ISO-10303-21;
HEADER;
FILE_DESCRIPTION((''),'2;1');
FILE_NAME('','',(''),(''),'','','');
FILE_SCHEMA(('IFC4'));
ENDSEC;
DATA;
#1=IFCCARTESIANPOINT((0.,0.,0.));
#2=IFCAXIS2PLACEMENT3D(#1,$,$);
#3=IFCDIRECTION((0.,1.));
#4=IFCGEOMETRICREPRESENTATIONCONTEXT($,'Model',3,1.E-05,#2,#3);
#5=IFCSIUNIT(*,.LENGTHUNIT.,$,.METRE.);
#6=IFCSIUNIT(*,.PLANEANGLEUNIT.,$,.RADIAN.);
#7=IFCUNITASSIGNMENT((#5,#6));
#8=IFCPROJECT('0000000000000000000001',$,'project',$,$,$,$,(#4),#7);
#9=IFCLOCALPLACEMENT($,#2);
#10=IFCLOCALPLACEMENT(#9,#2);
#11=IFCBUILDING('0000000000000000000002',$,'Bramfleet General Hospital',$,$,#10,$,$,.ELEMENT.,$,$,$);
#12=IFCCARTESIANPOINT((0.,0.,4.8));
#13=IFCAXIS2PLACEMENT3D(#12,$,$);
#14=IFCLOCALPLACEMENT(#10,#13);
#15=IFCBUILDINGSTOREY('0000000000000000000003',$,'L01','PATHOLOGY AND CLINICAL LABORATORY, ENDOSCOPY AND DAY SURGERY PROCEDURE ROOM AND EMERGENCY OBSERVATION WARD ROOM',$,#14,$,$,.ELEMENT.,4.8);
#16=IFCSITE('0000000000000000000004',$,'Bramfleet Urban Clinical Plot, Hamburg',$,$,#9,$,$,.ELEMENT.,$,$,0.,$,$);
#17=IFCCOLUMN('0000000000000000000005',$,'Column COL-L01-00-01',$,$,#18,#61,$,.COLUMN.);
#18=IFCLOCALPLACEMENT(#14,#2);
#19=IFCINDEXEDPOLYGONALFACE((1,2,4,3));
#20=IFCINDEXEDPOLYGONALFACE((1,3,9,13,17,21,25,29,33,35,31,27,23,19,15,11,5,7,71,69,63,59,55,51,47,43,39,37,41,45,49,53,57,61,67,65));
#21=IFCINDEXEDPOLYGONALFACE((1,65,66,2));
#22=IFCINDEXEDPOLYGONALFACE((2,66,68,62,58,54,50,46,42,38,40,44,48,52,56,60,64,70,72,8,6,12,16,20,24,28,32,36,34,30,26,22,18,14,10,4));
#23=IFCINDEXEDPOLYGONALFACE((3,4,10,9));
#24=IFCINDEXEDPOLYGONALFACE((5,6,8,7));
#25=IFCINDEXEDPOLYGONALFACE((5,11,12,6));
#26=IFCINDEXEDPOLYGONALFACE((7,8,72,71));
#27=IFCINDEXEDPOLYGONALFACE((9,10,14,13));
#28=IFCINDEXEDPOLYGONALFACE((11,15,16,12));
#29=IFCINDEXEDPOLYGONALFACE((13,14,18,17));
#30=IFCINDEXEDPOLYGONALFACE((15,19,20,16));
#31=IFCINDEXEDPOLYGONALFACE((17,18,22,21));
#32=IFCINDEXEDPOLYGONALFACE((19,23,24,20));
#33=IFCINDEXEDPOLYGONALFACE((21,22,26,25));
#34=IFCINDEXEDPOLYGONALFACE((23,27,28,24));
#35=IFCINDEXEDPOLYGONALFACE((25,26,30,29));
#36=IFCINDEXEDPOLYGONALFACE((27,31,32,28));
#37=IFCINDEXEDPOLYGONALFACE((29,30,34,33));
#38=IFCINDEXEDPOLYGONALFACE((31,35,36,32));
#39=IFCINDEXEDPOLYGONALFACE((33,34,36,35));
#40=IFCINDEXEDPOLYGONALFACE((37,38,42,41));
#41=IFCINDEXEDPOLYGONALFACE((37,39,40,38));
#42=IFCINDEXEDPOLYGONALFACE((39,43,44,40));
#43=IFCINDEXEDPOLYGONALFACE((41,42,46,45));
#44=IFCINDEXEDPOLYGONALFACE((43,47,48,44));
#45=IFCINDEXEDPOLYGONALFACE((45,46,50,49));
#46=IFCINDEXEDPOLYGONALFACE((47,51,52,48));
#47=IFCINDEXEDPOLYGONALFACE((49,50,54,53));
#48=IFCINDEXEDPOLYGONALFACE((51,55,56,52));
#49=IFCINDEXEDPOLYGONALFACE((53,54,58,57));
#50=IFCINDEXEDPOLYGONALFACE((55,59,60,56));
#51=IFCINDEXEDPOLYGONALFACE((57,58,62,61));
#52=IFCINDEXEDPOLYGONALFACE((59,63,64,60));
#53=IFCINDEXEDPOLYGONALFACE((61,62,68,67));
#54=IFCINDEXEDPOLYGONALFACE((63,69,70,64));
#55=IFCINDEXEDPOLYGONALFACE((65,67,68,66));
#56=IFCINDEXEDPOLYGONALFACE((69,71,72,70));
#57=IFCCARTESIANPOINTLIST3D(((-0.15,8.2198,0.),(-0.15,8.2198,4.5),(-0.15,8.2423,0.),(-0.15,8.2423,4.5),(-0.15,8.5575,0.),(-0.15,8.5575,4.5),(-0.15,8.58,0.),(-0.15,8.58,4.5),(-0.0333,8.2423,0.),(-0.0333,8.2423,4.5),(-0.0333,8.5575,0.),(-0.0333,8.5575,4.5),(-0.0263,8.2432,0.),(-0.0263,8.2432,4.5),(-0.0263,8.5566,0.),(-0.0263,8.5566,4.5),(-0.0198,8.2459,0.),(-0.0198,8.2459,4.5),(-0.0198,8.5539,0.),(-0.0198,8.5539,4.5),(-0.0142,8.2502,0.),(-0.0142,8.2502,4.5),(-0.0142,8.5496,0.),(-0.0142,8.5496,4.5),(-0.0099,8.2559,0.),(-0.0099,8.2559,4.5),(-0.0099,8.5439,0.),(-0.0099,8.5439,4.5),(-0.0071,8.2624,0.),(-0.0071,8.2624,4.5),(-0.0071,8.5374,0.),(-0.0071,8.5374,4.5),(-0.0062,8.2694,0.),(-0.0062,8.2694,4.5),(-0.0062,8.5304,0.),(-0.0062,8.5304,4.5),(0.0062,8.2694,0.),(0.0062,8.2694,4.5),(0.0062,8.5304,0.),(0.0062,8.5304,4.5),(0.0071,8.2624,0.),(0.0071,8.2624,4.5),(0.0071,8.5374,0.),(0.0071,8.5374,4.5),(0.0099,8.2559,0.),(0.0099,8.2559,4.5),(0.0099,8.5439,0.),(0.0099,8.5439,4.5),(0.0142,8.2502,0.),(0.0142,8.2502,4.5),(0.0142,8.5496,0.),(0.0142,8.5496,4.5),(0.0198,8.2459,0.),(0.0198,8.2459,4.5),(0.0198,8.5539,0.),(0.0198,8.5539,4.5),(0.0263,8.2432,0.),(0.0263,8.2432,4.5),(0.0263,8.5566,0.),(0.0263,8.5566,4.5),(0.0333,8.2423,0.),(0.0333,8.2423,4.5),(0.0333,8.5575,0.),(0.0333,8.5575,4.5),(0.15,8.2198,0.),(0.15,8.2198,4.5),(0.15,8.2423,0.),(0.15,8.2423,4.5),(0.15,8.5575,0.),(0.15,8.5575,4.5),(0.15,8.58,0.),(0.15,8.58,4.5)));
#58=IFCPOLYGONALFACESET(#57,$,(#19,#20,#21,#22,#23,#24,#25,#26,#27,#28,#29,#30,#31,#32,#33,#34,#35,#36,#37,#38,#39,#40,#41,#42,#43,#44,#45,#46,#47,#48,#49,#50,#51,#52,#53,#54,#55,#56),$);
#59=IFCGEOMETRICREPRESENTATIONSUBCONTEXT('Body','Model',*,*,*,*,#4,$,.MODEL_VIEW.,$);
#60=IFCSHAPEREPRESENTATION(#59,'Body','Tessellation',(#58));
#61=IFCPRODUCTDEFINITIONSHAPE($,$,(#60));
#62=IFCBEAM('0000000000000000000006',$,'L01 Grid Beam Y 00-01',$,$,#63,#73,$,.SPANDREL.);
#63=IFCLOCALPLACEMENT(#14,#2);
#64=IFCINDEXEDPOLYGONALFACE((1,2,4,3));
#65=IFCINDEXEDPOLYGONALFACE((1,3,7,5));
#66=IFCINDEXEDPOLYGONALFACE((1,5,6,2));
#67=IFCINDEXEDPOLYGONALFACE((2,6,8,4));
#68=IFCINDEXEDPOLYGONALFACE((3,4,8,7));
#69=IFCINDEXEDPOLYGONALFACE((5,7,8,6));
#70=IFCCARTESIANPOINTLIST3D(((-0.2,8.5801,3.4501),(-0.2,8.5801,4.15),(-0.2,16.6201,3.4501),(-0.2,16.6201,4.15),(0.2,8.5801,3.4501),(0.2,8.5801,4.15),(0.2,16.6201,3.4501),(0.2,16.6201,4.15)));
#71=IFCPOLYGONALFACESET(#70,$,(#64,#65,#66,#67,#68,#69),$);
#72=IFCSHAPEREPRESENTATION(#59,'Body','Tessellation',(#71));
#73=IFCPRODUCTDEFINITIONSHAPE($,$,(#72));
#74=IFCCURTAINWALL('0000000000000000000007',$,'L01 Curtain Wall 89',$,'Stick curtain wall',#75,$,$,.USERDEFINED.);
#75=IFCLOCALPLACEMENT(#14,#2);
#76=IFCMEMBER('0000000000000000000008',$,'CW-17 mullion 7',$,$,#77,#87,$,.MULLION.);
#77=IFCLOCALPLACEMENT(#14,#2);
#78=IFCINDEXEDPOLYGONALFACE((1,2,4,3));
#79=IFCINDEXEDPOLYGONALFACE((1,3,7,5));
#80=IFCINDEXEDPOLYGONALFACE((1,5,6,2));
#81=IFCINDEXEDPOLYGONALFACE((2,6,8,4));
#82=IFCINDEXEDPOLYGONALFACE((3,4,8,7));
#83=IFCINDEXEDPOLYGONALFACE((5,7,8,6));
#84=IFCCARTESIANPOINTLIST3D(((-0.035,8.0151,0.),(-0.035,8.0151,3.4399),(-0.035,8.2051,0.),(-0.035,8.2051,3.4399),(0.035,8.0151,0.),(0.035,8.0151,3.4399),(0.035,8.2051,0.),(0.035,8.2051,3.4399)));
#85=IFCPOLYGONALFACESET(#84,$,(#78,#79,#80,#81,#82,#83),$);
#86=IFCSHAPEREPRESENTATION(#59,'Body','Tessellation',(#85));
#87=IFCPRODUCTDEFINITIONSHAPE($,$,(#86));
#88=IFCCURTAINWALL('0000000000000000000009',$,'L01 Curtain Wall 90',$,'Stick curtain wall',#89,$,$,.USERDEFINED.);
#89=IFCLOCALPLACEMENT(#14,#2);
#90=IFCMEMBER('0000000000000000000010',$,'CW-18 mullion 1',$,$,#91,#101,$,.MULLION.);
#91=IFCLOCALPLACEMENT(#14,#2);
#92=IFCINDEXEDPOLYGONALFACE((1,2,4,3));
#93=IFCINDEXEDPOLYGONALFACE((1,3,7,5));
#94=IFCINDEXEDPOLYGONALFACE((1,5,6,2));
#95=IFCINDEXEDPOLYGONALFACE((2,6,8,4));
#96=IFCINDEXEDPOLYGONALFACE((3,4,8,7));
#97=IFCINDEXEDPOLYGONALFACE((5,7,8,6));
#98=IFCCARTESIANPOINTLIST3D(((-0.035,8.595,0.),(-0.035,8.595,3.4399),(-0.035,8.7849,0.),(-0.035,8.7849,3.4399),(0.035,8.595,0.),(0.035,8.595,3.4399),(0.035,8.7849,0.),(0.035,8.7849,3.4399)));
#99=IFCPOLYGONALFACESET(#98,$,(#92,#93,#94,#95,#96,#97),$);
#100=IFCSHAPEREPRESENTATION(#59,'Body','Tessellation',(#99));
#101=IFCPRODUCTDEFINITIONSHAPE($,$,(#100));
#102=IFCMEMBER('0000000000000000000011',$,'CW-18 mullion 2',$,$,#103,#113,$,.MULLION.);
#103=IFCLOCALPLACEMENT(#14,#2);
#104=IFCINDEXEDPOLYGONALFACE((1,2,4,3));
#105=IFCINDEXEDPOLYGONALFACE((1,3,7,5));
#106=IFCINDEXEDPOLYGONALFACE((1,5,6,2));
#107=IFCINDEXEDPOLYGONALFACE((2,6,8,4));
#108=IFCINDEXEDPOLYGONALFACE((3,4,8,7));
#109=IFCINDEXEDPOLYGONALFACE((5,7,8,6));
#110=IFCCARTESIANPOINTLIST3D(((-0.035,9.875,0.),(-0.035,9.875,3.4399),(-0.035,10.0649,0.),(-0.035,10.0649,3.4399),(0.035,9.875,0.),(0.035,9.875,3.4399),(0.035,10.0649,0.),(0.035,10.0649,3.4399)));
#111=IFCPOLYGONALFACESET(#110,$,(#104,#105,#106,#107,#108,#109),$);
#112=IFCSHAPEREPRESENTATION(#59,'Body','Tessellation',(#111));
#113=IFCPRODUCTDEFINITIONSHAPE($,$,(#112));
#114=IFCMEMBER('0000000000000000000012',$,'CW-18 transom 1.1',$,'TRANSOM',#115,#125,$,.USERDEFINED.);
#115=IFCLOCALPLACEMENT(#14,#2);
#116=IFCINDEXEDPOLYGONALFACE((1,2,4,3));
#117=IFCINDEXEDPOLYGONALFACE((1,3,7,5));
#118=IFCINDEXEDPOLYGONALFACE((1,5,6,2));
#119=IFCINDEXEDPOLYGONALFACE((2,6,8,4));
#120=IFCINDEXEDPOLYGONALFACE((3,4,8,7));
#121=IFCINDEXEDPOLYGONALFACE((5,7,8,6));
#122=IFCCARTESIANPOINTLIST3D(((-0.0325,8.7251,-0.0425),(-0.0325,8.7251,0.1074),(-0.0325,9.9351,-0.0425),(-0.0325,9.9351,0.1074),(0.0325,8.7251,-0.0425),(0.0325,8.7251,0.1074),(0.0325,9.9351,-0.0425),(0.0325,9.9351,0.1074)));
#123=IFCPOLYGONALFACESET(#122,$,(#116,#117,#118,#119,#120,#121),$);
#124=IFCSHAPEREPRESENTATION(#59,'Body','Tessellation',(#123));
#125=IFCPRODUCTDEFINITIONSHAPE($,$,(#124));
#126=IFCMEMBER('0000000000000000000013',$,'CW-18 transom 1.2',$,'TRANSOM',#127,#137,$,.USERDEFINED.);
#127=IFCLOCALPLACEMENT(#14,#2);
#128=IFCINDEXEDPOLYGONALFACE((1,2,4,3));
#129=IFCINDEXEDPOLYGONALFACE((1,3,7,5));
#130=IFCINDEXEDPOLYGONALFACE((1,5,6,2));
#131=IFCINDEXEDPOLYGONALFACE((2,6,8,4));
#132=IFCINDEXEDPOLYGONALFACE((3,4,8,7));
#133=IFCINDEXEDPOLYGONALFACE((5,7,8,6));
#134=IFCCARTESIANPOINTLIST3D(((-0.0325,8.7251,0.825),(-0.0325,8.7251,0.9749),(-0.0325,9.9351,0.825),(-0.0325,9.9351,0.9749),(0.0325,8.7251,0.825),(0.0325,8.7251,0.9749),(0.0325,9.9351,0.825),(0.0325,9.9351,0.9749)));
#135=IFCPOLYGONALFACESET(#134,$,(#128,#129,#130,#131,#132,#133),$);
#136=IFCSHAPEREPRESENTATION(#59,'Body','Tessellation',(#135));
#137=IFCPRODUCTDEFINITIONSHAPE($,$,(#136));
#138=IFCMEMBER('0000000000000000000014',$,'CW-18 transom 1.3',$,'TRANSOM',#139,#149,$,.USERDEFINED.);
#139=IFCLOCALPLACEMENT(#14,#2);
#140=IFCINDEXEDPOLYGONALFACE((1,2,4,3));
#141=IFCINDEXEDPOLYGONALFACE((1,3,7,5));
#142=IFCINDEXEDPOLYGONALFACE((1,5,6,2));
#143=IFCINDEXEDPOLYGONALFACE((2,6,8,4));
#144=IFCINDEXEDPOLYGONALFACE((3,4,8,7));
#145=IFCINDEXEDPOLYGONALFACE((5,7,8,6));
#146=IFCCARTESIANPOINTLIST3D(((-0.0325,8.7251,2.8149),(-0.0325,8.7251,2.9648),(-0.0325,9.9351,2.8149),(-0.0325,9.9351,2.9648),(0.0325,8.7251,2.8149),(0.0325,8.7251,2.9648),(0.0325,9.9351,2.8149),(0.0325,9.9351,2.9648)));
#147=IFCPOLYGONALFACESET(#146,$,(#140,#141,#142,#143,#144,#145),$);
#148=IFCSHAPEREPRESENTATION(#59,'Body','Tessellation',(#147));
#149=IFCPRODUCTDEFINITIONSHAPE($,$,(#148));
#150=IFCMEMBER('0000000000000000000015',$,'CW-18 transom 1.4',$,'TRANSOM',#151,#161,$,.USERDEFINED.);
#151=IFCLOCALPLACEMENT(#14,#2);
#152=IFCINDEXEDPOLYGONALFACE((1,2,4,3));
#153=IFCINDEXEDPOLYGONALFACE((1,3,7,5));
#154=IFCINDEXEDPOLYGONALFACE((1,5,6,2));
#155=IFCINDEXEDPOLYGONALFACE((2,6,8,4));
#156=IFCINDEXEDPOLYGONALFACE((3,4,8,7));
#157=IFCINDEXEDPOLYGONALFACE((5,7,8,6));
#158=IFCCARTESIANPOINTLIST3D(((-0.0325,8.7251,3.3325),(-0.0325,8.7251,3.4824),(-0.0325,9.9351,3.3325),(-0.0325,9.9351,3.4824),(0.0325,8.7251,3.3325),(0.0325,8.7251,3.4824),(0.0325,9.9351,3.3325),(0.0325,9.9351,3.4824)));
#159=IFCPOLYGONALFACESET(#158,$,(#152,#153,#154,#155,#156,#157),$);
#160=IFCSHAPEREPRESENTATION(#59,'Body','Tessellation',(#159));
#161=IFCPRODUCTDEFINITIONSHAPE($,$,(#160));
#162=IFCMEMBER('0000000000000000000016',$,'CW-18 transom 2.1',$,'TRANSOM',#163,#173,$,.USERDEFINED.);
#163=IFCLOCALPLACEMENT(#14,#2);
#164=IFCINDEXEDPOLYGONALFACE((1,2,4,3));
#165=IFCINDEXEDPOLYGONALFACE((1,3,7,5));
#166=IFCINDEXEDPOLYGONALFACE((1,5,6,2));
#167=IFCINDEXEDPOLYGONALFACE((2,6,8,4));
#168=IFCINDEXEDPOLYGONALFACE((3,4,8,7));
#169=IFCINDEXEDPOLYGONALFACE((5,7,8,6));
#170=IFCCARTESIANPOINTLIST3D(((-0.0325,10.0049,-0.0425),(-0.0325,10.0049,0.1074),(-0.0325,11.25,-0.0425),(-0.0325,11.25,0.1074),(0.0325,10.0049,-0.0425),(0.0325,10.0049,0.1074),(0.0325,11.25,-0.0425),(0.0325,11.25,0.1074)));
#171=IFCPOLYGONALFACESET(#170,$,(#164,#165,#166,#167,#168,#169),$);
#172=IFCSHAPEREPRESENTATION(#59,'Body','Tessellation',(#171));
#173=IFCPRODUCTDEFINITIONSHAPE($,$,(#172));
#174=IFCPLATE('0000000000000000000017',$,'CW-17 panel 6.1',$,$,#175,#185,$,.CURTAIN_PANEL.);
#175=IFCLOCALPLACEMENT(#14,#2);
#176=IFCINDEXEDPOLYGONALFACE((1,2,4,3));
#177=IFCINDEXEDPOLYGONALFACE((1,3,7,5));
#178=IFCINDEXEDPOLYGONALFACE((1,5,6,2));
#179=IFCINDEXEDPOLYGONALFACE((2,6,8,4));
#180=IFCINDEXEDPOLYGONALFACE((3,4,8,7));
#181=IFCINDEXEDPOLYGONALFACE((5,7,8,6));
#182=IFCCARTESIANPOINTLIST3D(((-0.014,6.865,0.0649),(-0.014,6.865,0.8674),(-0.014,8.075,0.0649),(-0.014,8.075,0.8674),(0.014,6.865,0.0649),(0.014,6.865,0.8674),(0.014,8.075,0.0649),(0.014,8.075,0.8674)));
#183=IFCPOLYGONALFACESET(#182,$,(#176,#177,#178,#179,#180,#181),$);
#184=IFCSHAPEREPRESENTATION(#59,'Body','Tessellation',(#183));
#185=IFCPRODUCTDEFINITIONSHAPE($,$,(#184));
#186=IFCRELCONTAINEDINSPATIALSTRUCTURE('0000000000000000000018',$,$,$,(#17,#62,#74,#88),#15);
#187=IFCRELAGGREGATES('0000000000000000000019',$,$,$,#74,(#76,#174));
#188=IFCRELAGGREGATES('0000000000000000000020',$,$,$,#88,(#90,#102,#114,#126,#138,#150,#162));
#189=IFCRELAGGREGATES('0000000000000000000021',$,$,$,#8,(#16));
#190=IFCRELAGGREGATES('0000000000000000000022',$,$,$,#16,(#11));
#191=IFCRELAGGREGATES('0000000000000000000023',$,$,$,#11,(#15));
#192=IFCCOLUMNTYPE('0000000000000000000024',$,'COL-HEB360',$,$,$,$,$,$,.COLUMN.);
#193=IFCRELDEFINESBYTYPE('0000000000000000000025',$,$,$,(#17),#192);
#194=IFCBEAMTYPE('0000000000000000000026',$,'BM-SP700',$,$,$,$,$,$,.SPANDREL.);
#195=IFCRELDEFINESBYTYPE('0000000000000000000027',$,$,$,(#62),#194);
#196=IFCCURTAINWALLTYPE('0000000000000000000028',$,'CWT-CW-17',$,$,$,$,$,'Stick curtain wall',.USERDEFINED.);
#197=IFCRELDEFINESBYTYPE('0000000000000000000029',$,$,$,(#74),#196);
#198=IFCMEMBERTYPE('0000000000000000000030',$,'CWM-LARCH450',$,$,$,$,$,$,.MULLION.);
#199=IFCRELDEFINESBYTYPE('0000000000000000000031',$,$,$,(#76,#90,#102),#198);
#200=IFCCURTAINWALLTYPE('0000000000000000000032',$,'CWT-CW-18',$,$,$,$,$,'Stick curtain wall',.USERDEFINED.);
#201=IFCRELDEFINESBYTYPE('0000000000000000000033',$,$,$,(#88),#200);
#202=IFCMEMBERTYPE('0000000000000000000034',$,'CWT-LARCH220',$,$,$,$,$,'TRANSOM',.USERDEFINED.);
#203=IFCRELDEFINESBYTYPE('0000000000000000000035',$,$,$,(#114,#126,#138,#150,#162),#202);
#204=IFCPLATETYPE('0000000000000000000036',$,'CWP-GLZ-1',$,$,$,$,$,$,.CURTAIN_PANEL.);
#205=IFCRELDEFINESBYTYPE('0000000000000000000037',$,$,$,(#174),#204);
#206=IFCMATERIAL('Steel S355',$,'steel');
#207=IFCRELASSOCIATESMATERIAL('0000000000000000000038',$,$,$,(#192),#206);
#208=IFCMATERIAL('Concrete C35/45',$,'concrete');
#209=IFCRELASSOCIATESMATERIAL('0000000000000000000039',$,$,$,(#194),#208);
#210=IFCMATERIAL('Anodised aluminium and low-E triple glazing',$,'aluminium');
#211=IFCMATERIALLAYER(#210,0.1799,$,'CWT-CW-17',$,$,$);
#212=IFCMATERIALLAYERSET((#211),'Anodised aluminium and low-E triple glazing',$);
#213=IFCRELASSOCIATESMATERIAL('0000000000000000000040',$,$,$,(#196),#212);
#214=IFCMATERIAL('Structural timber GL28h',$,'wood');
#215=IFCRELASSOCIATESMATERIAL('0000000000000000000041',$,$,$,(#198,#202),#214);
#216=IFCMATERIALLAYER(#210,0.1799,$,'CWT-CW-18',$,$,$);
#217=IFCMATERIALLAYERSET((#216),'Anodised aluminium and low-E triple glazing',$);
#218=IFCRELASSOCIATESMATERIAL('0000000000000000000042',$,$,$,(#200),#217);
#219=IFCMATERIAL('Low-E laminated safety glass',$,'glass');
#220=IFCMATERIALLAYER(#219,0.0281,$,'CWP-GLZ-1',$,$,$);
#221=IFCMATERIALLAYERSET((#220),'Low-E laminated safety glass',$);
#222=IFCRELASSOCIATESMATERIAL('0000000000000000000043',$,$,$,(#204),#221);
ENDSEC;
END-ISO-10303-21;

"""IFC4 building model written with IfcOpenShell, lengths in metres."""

from ifc_helpers import new_model, si_unit, direction, frame, origin, origin_2d, place, context, subcontext, project, spatial, rectangle, i_section, extrude, material, layer, layer_set, material_profile, profile_set, type_object, element, aggregate, save


model = new_model("IFC4")

# Units and contexts
model_context = context("Model", 3, precision=1e-05, world=origin(), true_north=direction((0.0, 1.0)))
body_context = subcontext(model_context, "Body", "Model", "MODEL_VIEW")
ifc_project = project(units=[si_unit("LENGTHUNIT", "METRE"), si_unit("PLANEANGLEUNIT", "RADIAN")], contexts=[model_context])

# Site, building, storey
site_placement = place(None, origin())
site = spatial("IfcSite", under=ifc_project, at=site_placement, Name="Bramfleet Urban Clinical Plot, Hamburg", CompositionType="ELEMENT", RefElevation=0.0)
building_placement = place(site_placement, origin())
building = spatial("IfcBuilding", under=site, at=building_placement, Name="Bramfleet General Hospital", CompositionType="ELEMENT")
storey_placement = place(building_placement, frame((0.0, 0.0, 4.8)))
storey = spatial("IfcBuildingStorey", under=building, at=storey_placement, Name="L01", Description="PATHOLOGY AND CLINICAL LABORATORY, ENDOSCOPY AND DAY SURGERY PROCEDURE ROOM AND EMERGENCY OBSERVATION WARD ROOM", CompositionType="ELEMENT", Elevation=4.8)

# Column
ifc_material_1 = material(Name="Steel S355", Category="steel")
ifc_material_profile_1 = material_profile(ifc_material_1, i_section(OverallWidth=0.3, OverallDepth=0.3601, WebThickness=0.0125, FlangeThickness=0.0225, FilletRadius=0.0271, at=origin_2d()), Name="HEB 360")
ifc_profile_set_1 = profile_set([ifc_material_profile_1], Name="Steel S355")
column_type = type_object("IfcColumnType", Name="COL-HEB360", PredefinedType="COLUMN", material=ifc_profile_set_1)
column_placement = place(storey_placement, frame((0.0, 8.3999, 0.0), z_axis=(0.0, 0.0, 1.0), x_axis=(1.0, 0.0, 0.0)))
element("IfcColumn", 1, at=column_placement, inside=storey, type_object=column_type, Name="Column COL-L01-00-01", PredefinedType="COLUMN", context=body_context, shape_type="SweptSolid", body=[
    extrude(i_section(OverallWidth=0.3, OverallDepth=0.3601, WebThickness=0.0125, FlangeThickness=0.0225, FilletRadius=0.0271, at=origin_2d()), origin(), (0.0, 0.0, 1.0), 4.5),
])

# Beam
ifc_material_2 = material(Name="Concrete C35/45", Category="concrete")
ifc_material_profile_2 = material_profile(ifc_material_2, rectangle(XDim=0.3999, YDim=0.7, at=origin_2d()), Name="RC SP 700x400")
ifc_profile_set_2 = profile_set([ifc_material_profile_2], Name="Concrete C35/45")
beam_type = type_object("IfcBeamType", Name="BM-SP700", PredefinedType="SPANDREL", material=ifc_profile_set_2)
beam_placement = place(storey_placement, frame((0.0, 8.5801, 3.8), z_axis=(0.0, 1.0, 0.0), x_axis=(-1.0, 0.0, 0.0)))
element("IfcBeam", 2, at=beam_placement, inside=storey, type_object=beam_type, Name="L01 Grid Beam Y 00-01", PredefinedType="SPANDREL", context=body_context, shape_type="SweptSolid", body=[
    extrude(rectangle(XDim=0.3999, YDim=0.7, at=origin_2d()), origin(), (0.0, 0.0, 1.0), 8.04),
])

# Curtain wall, member
ifc_material_3 = material(Name="Anodised aluminium and low-E triple glazing", Category="aluminium")
ifc_layer_1 = layer(ifc_material_3, 0.1799, Name="CWT-CW-17")
ifc_layer_set_1 = layer_set([ifc_layer_1], Name="Anodised aluminium and low-E triple glazing")
curtain_wall_type_1 = type_object("IfcCurtainWallType", Name="CWT-CW-17", ElementType="Stick curtain wall", PredefinedType="USERDEFINED", material=ifc_layer_set_1)
curtain_wall_1_placement = place(storey_placement, origin())
curtain_wall_1 = element("IfcCurtainWall", 3, at=curtain_wall_1_placement, inside=storey, type_object=curtain_wall_type_1, Name="L01 Curtain Wall 89", ObjectType="Stick curtain wall", PredefinedType="USERDEFINED")
ifc_material_4 = material(Name="Structural timber GL28h", Category="wood")
ifc_material_profile_3 = material_profile(ifc_material_4, rectangle(XDim=0.0701, YDim=0.1899, at=origin_2d()), Name="LARCH 190x70")
ifc_profile_set_3 = profile_set([ifc_material_profile_3], Name="Structural timber GL28h")
member_type_1 = type_object("IfcMemberType", Name="CWM-LARCH450", PredefinedType="MULLION", material=ifc_profile_set_3)
member_1_placement = place(storey_placement, frame((0.0, 8.1101, 0.0), z_axis=(0.0, 0.0, 1.0), x_axis=(-1.0, 0.0, 0.0)))
member_1 = element("IfcMember", 4, at=member_1_placement, type_object=member_type_1, Name="CW-17 mullion 7", PredefinedType="MULLION", context=body_context, shape_type="SweptSolid", body=[
    extrude(rectangle(XDim=0.0701, YDim=0.1899, at=origin_2d()), origin(), (0.0, 0.0, 1.0), 3.4399),
])

# Curtain wall, members
ifc_layer_2 = layer(ifc_material_3, 0.1799, Name="CWT-CW-18")
ifc_layer_set_2 = layer_set([ifc_layer_2], Name="Anodised aluminium and low-E triple glazing")
curtain_wall_type_2 = type_object("IfcCurtainWallType", Name="CWT-CW-18", ElementType="Stick curtain wall", PredefinedType="USERDEFINED", material=ifc_layer_set_2)
curtain_wall_2_placement = place(storey_placement, origin())
curtain_wall_2 = element("IfcCurtainWall", 5, at=curtain_wall_2_placement, inside=storey, type_object=curtain_wall_type_2, Name="L01 Curtain Wall 90", ObjectType="Stick curtain wall", PredefinedType="USERDEFINED")
member_2_placement = place(storey_placement, frame((0.0, 8.6899, 0.0), z_axis=(0.0, 0.0, 1.0), x_axis=(-1.0, 0.0, 0.0)))
member_2 = element("IfcMember", 6, at=member_2_placement, type_object=member_type_1, Name="CW-18 mullion 1", PredefinedType="MULLION", context=body_context, shape_type="SweptSolid", body=[
    extrude(rectangle(XDim=0.0701, YDim=0.1899, at=origin_2d()), origin(), (0.0, 0.0, 1.0), 3.4399),
])
member_3_placement = place(storey_placement, frame((0.0, 9.97, 0.0), z_axis=(0.0, 0.0, 1.0), x_axis=(-1.0, 0.0, 0.0)))
member_3 = element("IfcMember", 7, at=member_3_placement, type_object=member_type_1, Name="CW-18 mullion 2", PredefinedType="MULLION", context=body_context, shape_type="SweptSolid", body=[
    extrude(rectangle(XDim=0.0701, YDim=0.1899, at=origin_2d()), origin(), (0.0, 0.0, 1.0), 3.4399),
])
ifc_material_profile_4 = material_profile(ifc_material_4, rectangle(XDim=0.0649, YDim=0.1499, at=origin_2d()), Name="LARCH 150x65")
ifc_profile_set_4 = profile_set([ifc_material_profile_4], Name="Structural timber GL28h")
member_type_2 = type_object("IfcMemberType", Name="CWT-LARCH220", ElementType="TRANSOM", PredefinedType="USERDEFINED", material=ifc_profile_set_4)
member_4_placement = place(storey_placement, frame((0.0, 8.7251, 0.0325), z_axis=(0.0, 1.0, 0.0), x_axis=(-1.0, 0.0, 0.0)))
member_4 = element("IfcMember", 8, at=member_4_placement, type_object=member_type_2, Name="CW-18 transom 1.1", ObjectType="TRANSOM", PredefinedType="USERDEFINED", context=body_context, shape_type="SweptSolid", body=[
    extrude(rectangle(XDim=0.0649, YDim=0.1499, at=origin_2d()), origin(), (0.0, 0.0, 1.0), 1.21),
])
member_5_placement = place(storey_placement, frame((0.0, 8.7251, 0.8999), z_axis=(0.0, 1.0, 0.0), x_axis=(-1.0, 0.0, 0.0)))
member_5 = element("IfcMember", 9, at=member_5_placement, type_object=member_type_2, Name="CW-18 transom 1.2", ObjectType="TRANSOM", PredefinedType="USERDEFINED", context=body_context, shape_type="SweptSolid", body=[
    extrude(rectangle(XDim=0.0649, YDim=0.1499, at=origin_2d()), origin(), (0.0, 0.0, 1.0), 1.21),
])
member_6_placement = place(storey_placement, frame((0.0, 8.7251, 2.8899), z_axis=(0.0, 1.0, 0.0), x_axis=(-1.0, 0.0, 0.0)))
member_6 = element("IfcMember", 10, at=member_6_placement, type_object=member_type_2, Name="CW-18 transom 1.3", ObjectType="TRANSOM", PredefinedType="USERDEFINED", context=body_context, shape_type="SweptSolid", body=[
    extrude(rectangle(XDim=0.0649, YDim=0.1499, at=origin_2d()), origin(), (0.0, 0.0, 1.0), 1.21),
])
member_7_placement = place(storey_placement, frame((0.0, 8.7251, 3.4075), z_axis=(0.0, 1.0, 0.0), x_axis=(-1.0, 0.0, 0.0)))
member_7 = element("IfcMember", 11, at=member_7_placement, type_object=member_type_2, Name="CW-18 transom 1.4", ObjectType="TRANSOM", PredefinedType="USERDEFINED", context=body_context, shape_type="SweptSolid", body=[
    extrude(rectangle(XDim=0.0649, YDim=0.1499, at=origin_2d()), origin(), (0.0, 0.0, 1.0), 1.21),
])
member_8_placement = place(storey_placement, frame((0.0, 10.0049, 0.0325), z_axis=(0.0, 1.0, 0.0), x_axis=(-1.0, 0.0, 0.0)))
member_8 = element("IfcMember", 12, at=member_8_placement, type_object=member_type_2, Name="CW-18 transom 2.1", ObjectType="TRANSOM", PredefinedType="USERDEFINED", context=body_context, shape_type="SweptSolid", body=[
    extrude(rectangle(XDim=0.0649, YDim=0.1499, at=origin_2d()), origin(), (0.0, 0.0, 1.0), 1.2451),
])

# Plate
ifc_material_5 = material(Name="Low-E laminated safety glass", Category="glass")
ifc_layer_3 = layer(ifc_material_5, 0.0281, Name="CWP-GLZ-1")
ifc_layer_set_3 = layer_set([ifc_layer_3], Name="Low-E laminated safety glass")
plate_type_1 = type_object("IfcPlateType", Name="CWP-GLZ-1", PredefinedType="CURTAIN_PANEL", material=ifc_layer_set_3)
plate_1_placement = place(storey_placement, frame((0.0, 7.47, 0.0649), z_axis=(0.0, 0.0, 1.0), x_axis=(0.0, 1.0, 0.0)))
plate_1 = element("IfcPlate", 13, at=plate_1_placement, type_object=plate_type_1, Name="CW-17 panel 6.1", PredefinedType="CURTAIN_PANEL", context=body_context, shape_type="SweptSolid", body=[
    extrude(rectangle(XDim=1.21, YDim=0.0281, at=origin_2d()), origin(), (0.0, 0.0, 1.0), 0.8025),
])
aggregate(curtain_wall_1, [member_1, plate_1])
aggregate(curtain_wall_2, [member_2, member_3, member_4, member_5, member_6, member_7, member_8])

save(model, "model.ifc")
